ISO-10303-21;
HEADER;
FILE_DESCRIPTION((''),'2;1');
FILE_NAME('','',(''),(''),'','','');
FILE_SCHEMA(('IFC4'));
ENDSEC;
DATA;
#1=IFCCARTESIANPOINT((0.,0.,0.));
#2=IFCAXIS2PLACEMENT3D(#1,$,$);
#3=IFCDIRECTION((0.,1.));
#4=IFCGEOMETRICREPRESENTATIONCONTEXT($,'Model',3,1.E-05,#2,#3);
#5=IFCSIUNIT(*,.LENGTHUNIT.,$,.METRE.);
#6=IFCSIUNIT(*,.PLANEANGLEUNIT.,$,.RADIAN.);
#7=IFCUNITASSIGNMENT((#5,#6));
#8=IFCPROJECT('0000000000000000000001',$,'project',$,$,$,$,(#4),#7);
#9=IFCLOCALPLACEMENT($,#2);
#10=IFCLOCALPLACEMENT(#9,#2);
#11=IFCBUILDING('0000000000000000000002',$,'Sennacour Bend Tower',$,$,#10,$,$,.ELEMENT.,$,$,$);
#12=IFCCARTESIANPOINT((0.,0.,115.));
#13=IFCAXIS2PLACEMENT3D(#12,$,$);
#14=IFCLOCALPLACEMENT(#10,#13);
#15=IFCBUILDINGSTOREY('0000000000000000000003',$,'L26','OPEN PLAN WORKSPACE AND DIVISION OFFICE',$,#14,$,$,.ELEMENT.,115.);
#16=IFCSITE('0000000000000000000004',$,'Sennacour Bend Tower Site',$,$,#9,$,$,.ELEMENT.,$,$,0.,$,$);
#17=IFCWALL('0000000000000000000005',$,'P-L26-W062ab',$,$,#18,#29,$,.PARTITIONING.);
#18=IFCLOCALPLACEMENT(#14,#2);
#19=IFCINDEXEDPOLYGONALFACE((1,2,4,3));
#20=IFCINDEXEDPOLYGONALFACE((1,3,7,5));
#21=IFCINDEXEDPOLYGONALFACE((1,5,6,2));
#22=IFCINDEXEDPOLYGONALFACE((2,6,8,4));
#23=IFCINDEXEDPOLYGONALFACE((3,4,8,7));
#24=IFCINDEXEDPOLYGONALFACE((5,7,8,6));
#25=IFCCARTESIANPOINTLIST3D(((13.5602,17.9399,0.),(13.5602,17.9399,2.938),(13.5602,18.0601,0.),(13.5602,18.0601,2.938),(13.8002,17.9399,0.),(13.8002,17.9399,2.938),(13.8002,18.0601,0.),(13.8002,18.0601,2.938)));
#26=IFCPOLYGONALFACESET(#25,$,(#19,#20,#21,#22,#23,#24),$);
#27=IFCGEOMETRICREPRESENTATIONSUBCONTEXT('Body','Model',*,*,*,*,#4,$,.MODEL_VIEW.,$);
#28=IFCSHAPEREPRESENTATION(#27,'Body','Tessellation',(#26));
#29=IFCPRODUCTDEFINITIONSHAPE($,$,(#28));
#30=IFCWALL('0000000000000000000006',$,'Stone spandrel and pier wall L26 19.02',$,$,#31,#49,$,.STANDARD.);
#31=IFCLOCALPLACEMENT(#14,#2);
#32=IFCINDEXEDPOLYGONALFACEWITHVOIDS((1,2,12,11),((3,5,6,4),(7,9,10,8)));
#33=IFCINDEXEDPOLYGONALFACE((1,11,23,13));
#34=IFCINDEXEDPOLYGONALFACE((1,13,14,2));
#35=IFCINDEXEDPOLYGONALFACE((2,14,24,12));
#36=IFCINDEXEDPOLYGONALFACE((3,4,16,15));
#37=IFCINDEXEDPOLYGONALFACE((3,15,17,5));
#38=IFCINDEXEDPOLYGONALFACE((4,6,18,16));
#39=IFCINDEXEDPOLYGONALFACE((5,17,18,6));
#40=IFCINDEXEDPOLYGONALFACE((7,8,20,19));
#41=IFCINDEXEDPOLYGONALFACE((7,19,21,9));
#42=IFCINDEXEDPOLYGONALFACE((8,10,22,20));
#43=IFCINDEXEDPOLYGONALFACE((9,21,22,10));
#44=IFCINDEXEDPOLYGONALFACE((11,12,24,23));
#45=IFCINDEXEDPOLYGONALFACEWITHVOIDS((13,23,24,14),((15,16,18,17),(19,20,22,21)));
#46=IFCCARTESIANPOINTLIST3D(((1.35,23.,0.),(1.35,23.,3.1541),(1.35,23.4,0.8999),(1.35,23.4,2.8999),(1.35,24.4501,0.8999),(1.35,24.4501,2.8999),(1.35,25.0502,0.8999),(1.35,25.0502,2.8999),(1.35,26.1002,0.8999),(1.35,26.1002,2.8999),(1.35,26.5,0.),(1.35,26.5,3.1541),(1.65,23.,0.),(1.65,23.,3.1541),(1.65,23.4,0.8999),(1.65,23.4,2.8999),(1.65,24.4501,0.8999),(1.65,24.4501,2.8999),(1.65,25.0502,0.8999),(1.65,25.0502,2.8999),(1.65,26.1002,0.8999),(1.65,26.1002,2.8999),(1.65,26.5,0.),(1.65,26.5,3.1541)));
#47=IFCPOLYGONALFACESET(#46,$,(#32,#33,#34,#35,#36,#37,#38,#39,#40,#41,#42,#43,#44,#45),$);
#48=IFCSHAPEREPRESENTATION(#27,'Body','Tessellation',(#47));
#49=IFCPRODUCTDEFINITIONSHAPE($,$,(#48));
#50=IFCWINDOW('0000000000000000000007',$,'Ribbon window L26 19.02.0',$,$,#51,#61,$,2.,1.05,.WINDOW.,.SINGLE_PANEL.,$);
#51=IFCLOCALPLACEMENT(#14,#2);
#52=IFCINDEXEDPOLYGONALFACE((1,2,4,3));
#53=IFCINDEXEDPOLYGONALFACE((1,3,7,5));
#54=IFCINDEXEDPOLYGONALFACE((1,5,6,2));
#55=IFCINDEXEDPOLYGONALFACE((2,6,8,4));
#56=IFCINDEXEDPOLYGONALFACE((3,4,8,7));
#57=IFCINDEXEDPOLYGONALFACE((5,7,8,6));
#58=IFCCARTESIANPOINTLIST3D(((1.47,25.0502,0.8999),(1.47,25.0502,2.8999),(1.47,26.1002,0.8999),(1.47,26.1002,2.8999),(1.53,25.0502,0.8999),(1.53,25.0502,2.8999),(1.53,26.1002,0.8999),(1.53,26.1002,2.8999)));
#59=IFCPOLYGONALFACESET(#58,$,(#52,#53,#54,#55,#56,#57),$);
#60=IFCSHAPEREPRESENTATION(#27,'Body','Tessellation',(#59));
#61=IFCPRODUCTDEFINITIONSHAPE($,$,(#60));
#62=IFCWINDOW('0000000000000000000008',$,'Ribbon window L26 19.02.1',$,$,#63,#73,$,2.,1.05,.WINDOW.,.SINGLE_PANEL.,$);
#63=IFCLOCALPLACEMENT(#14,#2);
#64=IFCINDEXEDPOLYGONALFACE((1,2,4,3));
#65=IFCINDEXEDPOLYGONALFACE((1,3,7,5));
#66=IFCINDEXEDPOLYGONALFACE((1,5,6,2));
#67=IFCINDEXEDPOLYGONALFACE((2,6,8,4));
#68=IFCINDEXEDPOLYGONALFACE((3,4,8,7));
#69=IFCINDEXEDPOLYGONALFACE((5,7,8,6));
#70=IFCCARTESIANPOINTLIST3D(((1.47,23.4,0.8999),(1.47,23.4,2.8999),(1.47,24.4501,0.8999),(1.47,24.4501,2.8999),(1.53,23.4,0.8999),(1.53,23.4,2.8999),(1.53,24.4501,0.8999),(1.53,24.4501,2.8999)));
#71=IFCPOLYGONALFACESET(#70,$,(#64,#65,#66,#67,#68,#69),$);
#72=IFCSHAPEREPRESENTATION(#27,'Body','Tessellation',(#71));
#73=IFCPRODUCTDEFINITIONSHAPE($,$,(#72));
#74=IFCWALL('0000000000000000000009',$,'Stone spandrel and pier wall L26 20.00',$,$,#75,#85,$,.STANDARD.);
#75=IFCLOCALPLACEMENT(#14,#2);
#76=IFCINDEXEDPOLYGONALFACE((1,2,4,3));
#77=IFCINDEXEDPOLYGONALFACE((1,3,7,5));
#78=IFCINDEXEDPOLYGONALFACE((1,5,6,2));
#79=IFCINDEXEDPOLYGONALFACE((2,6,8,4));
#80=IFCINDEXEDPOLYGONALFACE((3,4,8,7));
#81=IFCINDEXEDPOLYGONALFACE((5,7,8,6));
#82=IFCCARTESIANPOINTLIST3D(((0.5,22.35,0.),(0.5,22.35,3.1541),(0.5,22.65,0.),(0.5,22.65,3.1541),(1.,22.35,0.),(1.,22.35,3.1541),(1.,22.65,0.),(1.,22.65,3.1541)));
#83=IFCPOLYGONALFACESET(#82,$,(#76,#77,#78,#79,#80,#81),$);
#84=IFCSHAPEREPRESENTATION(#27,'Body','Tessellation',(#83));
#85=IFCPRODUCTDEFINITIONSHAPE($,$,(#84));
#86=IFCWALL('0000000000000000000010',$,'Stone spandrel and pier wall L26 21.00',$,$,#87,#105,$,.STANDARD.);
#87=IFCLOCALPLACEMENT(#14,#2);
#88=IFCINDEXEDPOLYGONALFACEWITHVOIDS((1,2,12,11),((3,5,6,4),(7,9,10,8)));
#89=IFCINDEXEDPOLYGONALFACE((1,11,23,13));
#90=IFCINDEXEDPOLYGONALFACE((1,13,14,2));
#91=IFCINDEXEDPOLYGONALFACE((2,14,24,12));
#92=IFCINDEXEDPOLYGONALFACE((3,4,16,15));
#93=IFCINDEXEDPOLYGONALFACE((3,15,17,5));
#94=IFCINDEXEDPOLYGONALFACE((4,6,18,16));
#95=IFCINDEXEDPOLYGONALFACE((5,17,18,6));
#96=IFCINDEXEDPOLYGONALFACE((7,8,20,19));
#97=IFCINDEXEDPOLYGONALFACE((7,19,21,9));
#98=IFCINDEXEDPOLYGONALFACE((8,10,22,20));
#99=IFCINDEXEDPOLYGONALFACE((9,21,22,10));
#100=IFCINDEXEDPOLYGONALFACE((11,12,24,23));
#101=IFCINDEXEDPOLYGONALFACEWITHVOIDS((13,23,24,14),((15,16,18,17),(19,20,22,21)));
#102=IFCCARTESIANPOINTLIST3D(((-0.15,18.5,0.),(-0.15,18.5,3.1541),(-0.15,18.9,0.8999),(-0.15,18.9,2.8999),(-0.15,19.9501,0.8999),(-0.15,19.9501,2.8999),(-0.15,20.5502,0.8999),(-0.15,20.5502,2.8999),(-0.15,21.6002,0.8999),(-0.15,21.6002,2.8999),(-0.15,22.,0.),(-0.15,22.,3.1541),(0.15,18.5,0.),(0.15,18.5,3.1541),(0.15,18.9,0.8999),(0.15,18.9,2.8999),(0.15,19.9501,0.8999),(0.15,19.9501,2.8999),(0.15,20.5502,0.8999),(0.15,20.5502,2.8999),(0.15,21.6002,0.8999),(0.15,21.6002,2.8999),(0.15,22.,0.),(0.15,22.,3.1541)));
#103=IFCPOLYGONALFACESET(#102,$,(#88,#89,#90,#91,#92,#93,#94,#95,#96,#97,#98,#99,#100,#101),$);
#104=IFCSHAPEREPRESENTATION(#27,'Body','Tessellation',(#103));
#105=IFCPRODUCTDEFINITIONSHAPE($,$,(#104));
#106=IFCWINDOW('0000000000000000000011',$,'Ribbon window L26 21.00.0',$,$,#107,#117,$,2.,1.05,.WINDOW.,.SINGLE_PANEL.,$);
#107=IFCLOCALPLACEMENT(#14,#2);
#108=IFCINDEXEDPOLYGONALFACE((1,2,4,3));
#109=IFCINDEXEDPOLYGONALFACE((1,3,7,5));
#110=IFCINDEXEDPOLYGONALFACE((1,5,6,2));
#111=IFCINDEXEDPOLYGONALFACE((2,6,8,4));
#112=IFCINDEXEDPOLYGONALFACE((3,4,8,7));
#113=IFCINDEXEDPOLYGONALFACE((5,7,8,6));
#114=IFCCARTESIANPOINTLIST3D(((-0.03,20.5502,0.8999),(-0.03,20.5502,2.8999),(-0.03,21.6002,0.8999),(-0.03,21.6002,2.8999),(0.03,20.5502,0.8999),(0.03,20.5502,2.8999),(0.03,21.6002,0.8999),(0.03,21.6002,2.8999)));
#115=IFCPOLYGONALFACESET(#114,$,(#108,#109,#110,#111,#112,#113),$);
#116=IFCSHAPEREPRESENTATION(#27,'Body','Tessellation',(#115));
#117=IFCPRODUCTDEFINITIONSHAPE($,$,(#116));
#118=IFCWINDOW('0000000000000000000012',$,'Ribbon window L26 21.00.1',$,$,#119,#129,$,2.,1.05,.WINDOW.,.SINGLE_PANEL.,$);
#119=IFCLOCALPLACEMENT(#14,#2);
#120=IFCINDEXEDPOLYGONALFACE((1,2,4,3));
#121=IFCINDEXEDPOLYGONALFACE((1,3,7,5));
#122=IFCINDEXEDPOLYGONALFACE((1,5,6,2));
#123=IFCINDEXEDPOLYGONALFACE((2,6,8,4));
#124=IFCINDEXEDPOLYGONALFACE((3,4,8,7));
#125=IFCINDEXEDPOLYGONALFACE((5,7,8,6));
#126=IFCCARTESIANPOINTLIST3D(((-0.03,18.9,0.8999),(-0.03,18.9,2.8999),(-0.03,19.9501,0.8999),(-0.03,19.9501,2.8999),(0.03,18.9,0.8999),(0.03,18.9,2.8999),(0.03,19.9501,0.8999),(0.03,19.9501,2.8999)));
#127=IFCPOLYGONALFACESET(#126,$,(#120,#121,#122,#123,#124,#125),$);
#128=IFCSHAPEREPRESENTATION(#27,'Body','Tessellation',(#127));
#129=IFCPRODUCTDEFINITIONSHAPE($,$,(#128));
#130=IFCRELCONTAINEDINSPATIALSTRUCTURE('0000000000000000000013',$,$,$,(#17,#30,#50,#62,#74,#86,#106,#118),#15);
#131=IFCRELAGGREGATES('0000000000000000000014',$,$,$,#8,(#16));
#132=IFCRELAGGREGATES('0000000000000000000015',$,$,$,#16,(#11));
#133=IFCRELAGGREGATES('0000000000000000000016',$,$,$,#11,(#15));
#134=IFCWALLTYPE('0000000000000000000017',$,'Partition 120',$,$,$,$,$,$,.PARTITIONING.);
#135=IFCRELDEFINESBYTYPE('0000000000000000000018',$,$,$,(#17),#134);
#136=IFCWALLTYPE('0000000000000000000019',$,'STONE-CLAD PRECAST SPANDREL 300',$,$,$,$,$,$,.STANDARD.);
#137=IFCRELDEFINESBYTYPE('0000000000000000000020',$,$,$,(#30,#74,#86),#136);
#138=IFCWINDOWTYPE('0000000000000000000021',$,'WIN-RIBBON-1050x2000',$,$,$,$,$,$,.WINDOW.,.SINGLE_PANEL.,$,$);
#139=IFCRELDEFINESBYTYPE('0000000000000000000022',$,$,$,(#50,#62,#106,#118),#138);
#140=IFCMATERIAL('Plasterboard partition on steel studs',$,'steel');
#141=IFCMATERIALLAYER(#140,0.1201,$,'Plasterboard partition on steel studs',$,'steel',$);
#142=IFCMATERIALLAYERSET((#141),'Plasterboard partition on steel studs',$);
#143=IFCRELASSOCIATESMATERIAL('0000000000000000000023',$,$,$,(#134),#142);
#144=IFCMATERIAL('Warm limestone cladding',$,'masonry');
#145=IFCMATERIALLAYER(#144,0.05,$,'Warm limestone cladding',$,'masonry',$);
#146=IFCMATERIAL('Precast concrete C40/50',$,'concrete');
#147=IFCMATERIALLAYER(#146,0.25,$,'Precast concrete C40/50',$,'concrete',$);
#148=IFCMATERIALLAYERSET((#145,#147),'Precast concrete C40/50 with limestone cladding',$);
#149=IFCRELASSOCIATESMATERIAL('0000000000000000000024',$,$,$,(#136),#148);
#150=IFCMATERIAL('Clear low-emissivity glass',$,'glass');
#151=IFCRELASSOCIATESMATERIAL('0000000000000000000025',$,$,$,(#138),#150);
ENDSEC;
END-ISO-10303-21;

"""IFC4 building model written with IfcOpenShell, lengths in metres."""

from ifc_helpers import new_model, si_unit, direction, frame, frame_2d, origin, place, context, subcontext, project, spatial, rectangle, extrude, material, layer, layer_set, type_object, element, fill, save


model = new_model("IFC4")

# Units and contexts
model_context = context("Model", 3, precision=1e-05, world=origin(), true_north=direction((0.0, 1.0)))
body_context = subcontext(model_context, "Body", "Model", "MODEL_VIEW")
ifc_project = project(units=[si_unit("LENGTHUNIT", "METRE"), si_unit("PLANEANGLEUNIT", "RADIAN")], contexts=[model_context])

# Site, building, storey
site_placement = place(None, origin())
site = spatial("IfcSite", under=ifc_project, at=site_placement, Name="Sennacour Bend Tower Site", CompositionType="ELEMENT", RefElevation=0.0)
building_placement = place(site_placement, origin())
building = spatial("IfcBuilding", under=site, at=building_placement, Name="Sennacour Bend Tower", CompositionType="ELEMENT")
storey_placement = place(building_placement, frame((0.0, 0.0, 115.0)))
storey = spatial("IfcBuildingStorey", under=building, at=storey_placement, Name="L26", Description="OPEN PLAN WORKSPACE AND DIVISION OFFICE", CompositionType="ELEMENT", Elevation=115.0)

# Wall
ifc_material_1 = material(Name="Plasterboard partition on steel studs", Category="steel")
ifc_layer_1 = layer(ifc_material_1, 0.1201, Name="Plasterboard partition on steel studs", Category="steel")
ifc_layer_set_1 = layer_set([ifc_layer_1], Name="Plasterboard partition on steel studs")
wall_type_1 = type_object("IfcWallType", Name="Partition 120", PredefinedType="PARTITIONING", material=ifc_layer_set_1)
wall_1_placement = place(storey_placement, frame((13.5601, 18.0, 0.0), z_axis=(0.0, 0.0, 1.0), x_axis=(1.0, 0.0, 0.0)))
element("IfcWall", 1, at=wall_1_placement, inside=storey, type_object=wall_type_1, Name="P-L26-W062ab", PredefinedType="PARTITIONING", context=body_context, shape_type="SweptSolid", body=[
    extrude(rectangle(XDim=0.24, YDim=0.1201, at=frame_2d((0.1201, 0.0))), origin(), (0.0, 0.0, 1.0), 2.938),
])

# Wall, openings, windows
ifc_material_2 = material(Name="Warm limestone cladding", Category="masonry")
ifc_layer_2 = layer(ifc_material_2, 0.05, Name="Warm limestone cladding", Category="masonry")
ifc_material_3 = material(Name="Precast concrete C40/50", Category="concrete")
ifc_layer_3 = layer(ifc_material_3, 0.25, Name="Precast concrete C40/50", Category="concrete")
ifc_layer_set_2 = layer_set([ifc_layer_2, ifc_layer_3], Name="Precast concrete C40/50 with limestone cladding")
wall_type_2 = type_object("IfcWallType", Name="STONE-CLAD PRECAST SPANDREL 300", PredefinedType="STANDARD", material=ifc_layer_set_2)
wall_2_placement = place(storey_placement, frame((1.5, 26.5, 0.0), z_axis=(0.0, 0.0, 1.0), x_axis=(0.0, -1.0, 0.0)))
wall_2 = element("IfcWall", 2, at=wall_2_placement, inside=storey, type_object=wall_type_2, Name="Stone spandrel and pier wall L26 19.02", PredefinedType="STANDARD", context=body_context, shape_type="SweptSolid", body=[
    extrude(rectangle(XDim=3.5, YDim=0.3, at=frame_2d((1.75, 0.0))), origin(), (0.0, 0.0, 1.0), 3.1541),
])
opening_1_placement = place(wall_2_placement, frame((0.3999, 0.0, 0.8999)))
opening_1 = element("IfcOpeningElement", 3, at=opening_1_placement, cuts=wall_2, PredefinedType="OPENING", context=body_context, shape_type="SweptSolid", body=[
    extrude(rectangle(XDim=1.05, YDim=2.0, at=frame_2d((0.5249, 1.0))), frame((0.0, 0.1602, 0.0), z_axis=(0.0, -1.0, 0.0), x_axis=(1.0, 0.0, 0.0)), (0.0, 0.0, 1.0), 0.3201),
])
opening_2_placement = place(wall_2_placement, frame((2.05, 0.0, 0.8999)))
opening_2 = element("IfcOpeningElement", 4, at=opening_2_placement, cuts=wall_2, PredefinedType="OPENING", context=body_context, shape_type="SweptSolid", body=[
    extrude(rectangle(XDim=1.05, YDim=2.0, at=frame_2d((0.5249, 1.0))), frame((0.0, 0.1602, 0.0), z_axis=(0.0, -1.0, 0.0), x_axis=(1.0, 0.0, 0.0)), (0.0, 0.0, 1.0), 0.3201),
])
ifc_material_4 = material(Name="Clear low-emissivity glass", Category="glass")
window_type = type_object("IfcWindowType", Name="WIN-RIBBON-1050x2000", PartitioningType="SINGLE_PANEL", PredefinedType="WINDOW", material=ifc_material_4)
window_1_placement = place(opening_1_placement, origin())
window_1 = element("IfcWindow", 5, at=window_1_placement, inside=storey, type_object=window_type, Name="Ribbon window L26 19.02.0", OverallHeight=2.0, OverallWidth=1.05, PartitioningType="SINGLE_PANEL", PredefinedType="WINDOW", context=body_context, shape_type="SweptSolid", body=[
    extrude(rectangle(XDim=1.05, YDim=2.0, at=frame_2d((0.5249, 1.0))), frame((0.0, 0.03, 0.0), z_axis=(0.0, -1.0, 0.0), x_axis=(1.0, 0.0, 0.0)), (0.0, 0.0, 1.0), 0.0601),
])
fill(opening_1, window_1)
window_2_placement = place(opening_2_placement, origin())
window_2 = element("IfcWindow", 6, at=window_2_placement, inside=storey, type_object=window_type, Name="Ribbon window L26 19.02.1", OverallHeight=2.0, OverallWidth=1.05, PartitioningType="SINGLE_PANEL", PredefinedType="WINDOW", context=body_context, shape_type="SweptSolid", body=[
    extrude(rectangle(XDim=1.05, YDim=2.0, at=frame_2d((0.5249, 1.0))), frame((0.0, 0.03, 0.0), z_axis=(0.0, -1.0, 0.0), x_axis=(1.0, 0.0, 0.0)), (0.0, 0.0, 1.0), 0.0601),
])
fill(opening_2, window_2)

# Wall
wall_3_placement = place(storey_placement, frame((1.0, 22.5, 0.0), z_axis=(0.0, 0.0, 1.0), x_axis=(-1.0, 0.0, 0.0)))
element("IfcWall", 7, at=wall_3_placement, inside=storey, type_object=wall_type_2, Name="Stone spandrel and pier wall L26 20.00", PredefinedType="STANDARD", context=body_context, shape_type="SweptSolid", body=[
    extrude(rectangle(XDim=0.5, YDim=0.3, at=frame_2d((0.25, 0.0))), origin(), (0.0, 0.0, 1.0), 3.1541),
])

# Wall, openings, windows
wall_4_placement = place(storey_placement, frame((0.0, 22.0, 0.0), z_axis=(0.0, 0.0, 1.0), x_axis=(0.0, -1.0, 0.0)))
wall_4 = element("IfcWall", 8, at=wall_4_placement, inside=storey, type_object=wall_type_2, Name="Stone spandrel and pier wall L26 21.00", PredefinedType="STANDARD", context=body_context, shape_type="SweptSolid", body=[
    extrude(rectangle(XDim=3.5, YDim=0.3, at=frame_2d((1.75, 0.0))), origin(), (0.0, 0.0, 1.0), 3.1541),
])
opening_3_placement = place(wall_4_placement, frame((0.3999, 0.0, 0.8999)))
opening_3 = element("IfcOpeningElement", 9, at=opening_3_placement, cuts=wall_4, PredefinedType="OPENING", context=body_context, shape_type="SweptSolid", body=[
    extrude(rectangle(XDim=1.05, YDim=2.0, at=frame_2d((0.5249, 1.0))), frame((0.0, 0.1602, 0.0), z_axis=(0.0, -1.0, 0.0), x_axis=(1.0, 0.0, 0.0)), (0.0, 0.0, 1.0), 0.3201),
])
opening_4_placement = place(wall_4_placement, frame((2.05, 0.0, 0.8999)))
opening_4 = element("IfcOpeningElement", 10, at=opening_4_placement, cuts=wall_4, PredefinedType="OPENING", context=body_context, shape_type="SweptSolid", body=[
    extrude(rectangle(XDim=1.05, YDim=2.0, at=frame_2d((0.5249, 1.0))), frame((0.0, 0.1602, 0.0), z_axis=(0.0, -1.0, 0.0), x_axis=(1.0, 0.0, 0.0)), (0.0, 0.0, 1.0), 0.3201),
])
window_3_placement = place(opening_3_placement, origin())
window_3 = element("IfcWindow", 11, at=window_3_placement, inside=storey, type_object=window_type, Name="Ribbon window L26 21.00.0", OverallHeight=2.0, OverallWidth=1.05, PartitioningType="SINGLE_PANEL", PredefinedType="WINDOW", context=body_context, shape_type="SweptSolid", body=[
    extrude(rectangle(XDim=1.05, YDim=2.0, at=frame_2d((0.5249, 1.0))), frame((0.0, 0.03, 0.0), z_axis=(0.0, -1.0, 0.0), x_axis=(1.0, 0.0, 0.0)), (0.0, 0.0, 1.0), 0.0601),
])
fill(opening_3, window_3)
window_4_placement = place(opening_4_placement, origin())
window_4 = element("IfcWindow", 12, at=window_4_placement, inside=storey, type_object=window_type, Name="Ribbon window L26 21.00.1", OverallHeight=2.0, OverallWidth=1.05, PartitioningType="SINGLE_PANEL", PredefinedType="WINDOW", context=body_context, shape_type="SweptSolid", body=[
    extrude(rectangle(XDim=1.05, YDim=2.0, at=frame_2d((0.5249, 1.0))), frame((0.0, 0.03, 0.0), z_axis=(0.0, -1.0, 0.0), x_axis=(1.0, 0.0, 0.0)), (0.0, 0.0, 1.0), 0.0601),
])
fill(opening_4, window_4)

save(model, "model.ifc")
